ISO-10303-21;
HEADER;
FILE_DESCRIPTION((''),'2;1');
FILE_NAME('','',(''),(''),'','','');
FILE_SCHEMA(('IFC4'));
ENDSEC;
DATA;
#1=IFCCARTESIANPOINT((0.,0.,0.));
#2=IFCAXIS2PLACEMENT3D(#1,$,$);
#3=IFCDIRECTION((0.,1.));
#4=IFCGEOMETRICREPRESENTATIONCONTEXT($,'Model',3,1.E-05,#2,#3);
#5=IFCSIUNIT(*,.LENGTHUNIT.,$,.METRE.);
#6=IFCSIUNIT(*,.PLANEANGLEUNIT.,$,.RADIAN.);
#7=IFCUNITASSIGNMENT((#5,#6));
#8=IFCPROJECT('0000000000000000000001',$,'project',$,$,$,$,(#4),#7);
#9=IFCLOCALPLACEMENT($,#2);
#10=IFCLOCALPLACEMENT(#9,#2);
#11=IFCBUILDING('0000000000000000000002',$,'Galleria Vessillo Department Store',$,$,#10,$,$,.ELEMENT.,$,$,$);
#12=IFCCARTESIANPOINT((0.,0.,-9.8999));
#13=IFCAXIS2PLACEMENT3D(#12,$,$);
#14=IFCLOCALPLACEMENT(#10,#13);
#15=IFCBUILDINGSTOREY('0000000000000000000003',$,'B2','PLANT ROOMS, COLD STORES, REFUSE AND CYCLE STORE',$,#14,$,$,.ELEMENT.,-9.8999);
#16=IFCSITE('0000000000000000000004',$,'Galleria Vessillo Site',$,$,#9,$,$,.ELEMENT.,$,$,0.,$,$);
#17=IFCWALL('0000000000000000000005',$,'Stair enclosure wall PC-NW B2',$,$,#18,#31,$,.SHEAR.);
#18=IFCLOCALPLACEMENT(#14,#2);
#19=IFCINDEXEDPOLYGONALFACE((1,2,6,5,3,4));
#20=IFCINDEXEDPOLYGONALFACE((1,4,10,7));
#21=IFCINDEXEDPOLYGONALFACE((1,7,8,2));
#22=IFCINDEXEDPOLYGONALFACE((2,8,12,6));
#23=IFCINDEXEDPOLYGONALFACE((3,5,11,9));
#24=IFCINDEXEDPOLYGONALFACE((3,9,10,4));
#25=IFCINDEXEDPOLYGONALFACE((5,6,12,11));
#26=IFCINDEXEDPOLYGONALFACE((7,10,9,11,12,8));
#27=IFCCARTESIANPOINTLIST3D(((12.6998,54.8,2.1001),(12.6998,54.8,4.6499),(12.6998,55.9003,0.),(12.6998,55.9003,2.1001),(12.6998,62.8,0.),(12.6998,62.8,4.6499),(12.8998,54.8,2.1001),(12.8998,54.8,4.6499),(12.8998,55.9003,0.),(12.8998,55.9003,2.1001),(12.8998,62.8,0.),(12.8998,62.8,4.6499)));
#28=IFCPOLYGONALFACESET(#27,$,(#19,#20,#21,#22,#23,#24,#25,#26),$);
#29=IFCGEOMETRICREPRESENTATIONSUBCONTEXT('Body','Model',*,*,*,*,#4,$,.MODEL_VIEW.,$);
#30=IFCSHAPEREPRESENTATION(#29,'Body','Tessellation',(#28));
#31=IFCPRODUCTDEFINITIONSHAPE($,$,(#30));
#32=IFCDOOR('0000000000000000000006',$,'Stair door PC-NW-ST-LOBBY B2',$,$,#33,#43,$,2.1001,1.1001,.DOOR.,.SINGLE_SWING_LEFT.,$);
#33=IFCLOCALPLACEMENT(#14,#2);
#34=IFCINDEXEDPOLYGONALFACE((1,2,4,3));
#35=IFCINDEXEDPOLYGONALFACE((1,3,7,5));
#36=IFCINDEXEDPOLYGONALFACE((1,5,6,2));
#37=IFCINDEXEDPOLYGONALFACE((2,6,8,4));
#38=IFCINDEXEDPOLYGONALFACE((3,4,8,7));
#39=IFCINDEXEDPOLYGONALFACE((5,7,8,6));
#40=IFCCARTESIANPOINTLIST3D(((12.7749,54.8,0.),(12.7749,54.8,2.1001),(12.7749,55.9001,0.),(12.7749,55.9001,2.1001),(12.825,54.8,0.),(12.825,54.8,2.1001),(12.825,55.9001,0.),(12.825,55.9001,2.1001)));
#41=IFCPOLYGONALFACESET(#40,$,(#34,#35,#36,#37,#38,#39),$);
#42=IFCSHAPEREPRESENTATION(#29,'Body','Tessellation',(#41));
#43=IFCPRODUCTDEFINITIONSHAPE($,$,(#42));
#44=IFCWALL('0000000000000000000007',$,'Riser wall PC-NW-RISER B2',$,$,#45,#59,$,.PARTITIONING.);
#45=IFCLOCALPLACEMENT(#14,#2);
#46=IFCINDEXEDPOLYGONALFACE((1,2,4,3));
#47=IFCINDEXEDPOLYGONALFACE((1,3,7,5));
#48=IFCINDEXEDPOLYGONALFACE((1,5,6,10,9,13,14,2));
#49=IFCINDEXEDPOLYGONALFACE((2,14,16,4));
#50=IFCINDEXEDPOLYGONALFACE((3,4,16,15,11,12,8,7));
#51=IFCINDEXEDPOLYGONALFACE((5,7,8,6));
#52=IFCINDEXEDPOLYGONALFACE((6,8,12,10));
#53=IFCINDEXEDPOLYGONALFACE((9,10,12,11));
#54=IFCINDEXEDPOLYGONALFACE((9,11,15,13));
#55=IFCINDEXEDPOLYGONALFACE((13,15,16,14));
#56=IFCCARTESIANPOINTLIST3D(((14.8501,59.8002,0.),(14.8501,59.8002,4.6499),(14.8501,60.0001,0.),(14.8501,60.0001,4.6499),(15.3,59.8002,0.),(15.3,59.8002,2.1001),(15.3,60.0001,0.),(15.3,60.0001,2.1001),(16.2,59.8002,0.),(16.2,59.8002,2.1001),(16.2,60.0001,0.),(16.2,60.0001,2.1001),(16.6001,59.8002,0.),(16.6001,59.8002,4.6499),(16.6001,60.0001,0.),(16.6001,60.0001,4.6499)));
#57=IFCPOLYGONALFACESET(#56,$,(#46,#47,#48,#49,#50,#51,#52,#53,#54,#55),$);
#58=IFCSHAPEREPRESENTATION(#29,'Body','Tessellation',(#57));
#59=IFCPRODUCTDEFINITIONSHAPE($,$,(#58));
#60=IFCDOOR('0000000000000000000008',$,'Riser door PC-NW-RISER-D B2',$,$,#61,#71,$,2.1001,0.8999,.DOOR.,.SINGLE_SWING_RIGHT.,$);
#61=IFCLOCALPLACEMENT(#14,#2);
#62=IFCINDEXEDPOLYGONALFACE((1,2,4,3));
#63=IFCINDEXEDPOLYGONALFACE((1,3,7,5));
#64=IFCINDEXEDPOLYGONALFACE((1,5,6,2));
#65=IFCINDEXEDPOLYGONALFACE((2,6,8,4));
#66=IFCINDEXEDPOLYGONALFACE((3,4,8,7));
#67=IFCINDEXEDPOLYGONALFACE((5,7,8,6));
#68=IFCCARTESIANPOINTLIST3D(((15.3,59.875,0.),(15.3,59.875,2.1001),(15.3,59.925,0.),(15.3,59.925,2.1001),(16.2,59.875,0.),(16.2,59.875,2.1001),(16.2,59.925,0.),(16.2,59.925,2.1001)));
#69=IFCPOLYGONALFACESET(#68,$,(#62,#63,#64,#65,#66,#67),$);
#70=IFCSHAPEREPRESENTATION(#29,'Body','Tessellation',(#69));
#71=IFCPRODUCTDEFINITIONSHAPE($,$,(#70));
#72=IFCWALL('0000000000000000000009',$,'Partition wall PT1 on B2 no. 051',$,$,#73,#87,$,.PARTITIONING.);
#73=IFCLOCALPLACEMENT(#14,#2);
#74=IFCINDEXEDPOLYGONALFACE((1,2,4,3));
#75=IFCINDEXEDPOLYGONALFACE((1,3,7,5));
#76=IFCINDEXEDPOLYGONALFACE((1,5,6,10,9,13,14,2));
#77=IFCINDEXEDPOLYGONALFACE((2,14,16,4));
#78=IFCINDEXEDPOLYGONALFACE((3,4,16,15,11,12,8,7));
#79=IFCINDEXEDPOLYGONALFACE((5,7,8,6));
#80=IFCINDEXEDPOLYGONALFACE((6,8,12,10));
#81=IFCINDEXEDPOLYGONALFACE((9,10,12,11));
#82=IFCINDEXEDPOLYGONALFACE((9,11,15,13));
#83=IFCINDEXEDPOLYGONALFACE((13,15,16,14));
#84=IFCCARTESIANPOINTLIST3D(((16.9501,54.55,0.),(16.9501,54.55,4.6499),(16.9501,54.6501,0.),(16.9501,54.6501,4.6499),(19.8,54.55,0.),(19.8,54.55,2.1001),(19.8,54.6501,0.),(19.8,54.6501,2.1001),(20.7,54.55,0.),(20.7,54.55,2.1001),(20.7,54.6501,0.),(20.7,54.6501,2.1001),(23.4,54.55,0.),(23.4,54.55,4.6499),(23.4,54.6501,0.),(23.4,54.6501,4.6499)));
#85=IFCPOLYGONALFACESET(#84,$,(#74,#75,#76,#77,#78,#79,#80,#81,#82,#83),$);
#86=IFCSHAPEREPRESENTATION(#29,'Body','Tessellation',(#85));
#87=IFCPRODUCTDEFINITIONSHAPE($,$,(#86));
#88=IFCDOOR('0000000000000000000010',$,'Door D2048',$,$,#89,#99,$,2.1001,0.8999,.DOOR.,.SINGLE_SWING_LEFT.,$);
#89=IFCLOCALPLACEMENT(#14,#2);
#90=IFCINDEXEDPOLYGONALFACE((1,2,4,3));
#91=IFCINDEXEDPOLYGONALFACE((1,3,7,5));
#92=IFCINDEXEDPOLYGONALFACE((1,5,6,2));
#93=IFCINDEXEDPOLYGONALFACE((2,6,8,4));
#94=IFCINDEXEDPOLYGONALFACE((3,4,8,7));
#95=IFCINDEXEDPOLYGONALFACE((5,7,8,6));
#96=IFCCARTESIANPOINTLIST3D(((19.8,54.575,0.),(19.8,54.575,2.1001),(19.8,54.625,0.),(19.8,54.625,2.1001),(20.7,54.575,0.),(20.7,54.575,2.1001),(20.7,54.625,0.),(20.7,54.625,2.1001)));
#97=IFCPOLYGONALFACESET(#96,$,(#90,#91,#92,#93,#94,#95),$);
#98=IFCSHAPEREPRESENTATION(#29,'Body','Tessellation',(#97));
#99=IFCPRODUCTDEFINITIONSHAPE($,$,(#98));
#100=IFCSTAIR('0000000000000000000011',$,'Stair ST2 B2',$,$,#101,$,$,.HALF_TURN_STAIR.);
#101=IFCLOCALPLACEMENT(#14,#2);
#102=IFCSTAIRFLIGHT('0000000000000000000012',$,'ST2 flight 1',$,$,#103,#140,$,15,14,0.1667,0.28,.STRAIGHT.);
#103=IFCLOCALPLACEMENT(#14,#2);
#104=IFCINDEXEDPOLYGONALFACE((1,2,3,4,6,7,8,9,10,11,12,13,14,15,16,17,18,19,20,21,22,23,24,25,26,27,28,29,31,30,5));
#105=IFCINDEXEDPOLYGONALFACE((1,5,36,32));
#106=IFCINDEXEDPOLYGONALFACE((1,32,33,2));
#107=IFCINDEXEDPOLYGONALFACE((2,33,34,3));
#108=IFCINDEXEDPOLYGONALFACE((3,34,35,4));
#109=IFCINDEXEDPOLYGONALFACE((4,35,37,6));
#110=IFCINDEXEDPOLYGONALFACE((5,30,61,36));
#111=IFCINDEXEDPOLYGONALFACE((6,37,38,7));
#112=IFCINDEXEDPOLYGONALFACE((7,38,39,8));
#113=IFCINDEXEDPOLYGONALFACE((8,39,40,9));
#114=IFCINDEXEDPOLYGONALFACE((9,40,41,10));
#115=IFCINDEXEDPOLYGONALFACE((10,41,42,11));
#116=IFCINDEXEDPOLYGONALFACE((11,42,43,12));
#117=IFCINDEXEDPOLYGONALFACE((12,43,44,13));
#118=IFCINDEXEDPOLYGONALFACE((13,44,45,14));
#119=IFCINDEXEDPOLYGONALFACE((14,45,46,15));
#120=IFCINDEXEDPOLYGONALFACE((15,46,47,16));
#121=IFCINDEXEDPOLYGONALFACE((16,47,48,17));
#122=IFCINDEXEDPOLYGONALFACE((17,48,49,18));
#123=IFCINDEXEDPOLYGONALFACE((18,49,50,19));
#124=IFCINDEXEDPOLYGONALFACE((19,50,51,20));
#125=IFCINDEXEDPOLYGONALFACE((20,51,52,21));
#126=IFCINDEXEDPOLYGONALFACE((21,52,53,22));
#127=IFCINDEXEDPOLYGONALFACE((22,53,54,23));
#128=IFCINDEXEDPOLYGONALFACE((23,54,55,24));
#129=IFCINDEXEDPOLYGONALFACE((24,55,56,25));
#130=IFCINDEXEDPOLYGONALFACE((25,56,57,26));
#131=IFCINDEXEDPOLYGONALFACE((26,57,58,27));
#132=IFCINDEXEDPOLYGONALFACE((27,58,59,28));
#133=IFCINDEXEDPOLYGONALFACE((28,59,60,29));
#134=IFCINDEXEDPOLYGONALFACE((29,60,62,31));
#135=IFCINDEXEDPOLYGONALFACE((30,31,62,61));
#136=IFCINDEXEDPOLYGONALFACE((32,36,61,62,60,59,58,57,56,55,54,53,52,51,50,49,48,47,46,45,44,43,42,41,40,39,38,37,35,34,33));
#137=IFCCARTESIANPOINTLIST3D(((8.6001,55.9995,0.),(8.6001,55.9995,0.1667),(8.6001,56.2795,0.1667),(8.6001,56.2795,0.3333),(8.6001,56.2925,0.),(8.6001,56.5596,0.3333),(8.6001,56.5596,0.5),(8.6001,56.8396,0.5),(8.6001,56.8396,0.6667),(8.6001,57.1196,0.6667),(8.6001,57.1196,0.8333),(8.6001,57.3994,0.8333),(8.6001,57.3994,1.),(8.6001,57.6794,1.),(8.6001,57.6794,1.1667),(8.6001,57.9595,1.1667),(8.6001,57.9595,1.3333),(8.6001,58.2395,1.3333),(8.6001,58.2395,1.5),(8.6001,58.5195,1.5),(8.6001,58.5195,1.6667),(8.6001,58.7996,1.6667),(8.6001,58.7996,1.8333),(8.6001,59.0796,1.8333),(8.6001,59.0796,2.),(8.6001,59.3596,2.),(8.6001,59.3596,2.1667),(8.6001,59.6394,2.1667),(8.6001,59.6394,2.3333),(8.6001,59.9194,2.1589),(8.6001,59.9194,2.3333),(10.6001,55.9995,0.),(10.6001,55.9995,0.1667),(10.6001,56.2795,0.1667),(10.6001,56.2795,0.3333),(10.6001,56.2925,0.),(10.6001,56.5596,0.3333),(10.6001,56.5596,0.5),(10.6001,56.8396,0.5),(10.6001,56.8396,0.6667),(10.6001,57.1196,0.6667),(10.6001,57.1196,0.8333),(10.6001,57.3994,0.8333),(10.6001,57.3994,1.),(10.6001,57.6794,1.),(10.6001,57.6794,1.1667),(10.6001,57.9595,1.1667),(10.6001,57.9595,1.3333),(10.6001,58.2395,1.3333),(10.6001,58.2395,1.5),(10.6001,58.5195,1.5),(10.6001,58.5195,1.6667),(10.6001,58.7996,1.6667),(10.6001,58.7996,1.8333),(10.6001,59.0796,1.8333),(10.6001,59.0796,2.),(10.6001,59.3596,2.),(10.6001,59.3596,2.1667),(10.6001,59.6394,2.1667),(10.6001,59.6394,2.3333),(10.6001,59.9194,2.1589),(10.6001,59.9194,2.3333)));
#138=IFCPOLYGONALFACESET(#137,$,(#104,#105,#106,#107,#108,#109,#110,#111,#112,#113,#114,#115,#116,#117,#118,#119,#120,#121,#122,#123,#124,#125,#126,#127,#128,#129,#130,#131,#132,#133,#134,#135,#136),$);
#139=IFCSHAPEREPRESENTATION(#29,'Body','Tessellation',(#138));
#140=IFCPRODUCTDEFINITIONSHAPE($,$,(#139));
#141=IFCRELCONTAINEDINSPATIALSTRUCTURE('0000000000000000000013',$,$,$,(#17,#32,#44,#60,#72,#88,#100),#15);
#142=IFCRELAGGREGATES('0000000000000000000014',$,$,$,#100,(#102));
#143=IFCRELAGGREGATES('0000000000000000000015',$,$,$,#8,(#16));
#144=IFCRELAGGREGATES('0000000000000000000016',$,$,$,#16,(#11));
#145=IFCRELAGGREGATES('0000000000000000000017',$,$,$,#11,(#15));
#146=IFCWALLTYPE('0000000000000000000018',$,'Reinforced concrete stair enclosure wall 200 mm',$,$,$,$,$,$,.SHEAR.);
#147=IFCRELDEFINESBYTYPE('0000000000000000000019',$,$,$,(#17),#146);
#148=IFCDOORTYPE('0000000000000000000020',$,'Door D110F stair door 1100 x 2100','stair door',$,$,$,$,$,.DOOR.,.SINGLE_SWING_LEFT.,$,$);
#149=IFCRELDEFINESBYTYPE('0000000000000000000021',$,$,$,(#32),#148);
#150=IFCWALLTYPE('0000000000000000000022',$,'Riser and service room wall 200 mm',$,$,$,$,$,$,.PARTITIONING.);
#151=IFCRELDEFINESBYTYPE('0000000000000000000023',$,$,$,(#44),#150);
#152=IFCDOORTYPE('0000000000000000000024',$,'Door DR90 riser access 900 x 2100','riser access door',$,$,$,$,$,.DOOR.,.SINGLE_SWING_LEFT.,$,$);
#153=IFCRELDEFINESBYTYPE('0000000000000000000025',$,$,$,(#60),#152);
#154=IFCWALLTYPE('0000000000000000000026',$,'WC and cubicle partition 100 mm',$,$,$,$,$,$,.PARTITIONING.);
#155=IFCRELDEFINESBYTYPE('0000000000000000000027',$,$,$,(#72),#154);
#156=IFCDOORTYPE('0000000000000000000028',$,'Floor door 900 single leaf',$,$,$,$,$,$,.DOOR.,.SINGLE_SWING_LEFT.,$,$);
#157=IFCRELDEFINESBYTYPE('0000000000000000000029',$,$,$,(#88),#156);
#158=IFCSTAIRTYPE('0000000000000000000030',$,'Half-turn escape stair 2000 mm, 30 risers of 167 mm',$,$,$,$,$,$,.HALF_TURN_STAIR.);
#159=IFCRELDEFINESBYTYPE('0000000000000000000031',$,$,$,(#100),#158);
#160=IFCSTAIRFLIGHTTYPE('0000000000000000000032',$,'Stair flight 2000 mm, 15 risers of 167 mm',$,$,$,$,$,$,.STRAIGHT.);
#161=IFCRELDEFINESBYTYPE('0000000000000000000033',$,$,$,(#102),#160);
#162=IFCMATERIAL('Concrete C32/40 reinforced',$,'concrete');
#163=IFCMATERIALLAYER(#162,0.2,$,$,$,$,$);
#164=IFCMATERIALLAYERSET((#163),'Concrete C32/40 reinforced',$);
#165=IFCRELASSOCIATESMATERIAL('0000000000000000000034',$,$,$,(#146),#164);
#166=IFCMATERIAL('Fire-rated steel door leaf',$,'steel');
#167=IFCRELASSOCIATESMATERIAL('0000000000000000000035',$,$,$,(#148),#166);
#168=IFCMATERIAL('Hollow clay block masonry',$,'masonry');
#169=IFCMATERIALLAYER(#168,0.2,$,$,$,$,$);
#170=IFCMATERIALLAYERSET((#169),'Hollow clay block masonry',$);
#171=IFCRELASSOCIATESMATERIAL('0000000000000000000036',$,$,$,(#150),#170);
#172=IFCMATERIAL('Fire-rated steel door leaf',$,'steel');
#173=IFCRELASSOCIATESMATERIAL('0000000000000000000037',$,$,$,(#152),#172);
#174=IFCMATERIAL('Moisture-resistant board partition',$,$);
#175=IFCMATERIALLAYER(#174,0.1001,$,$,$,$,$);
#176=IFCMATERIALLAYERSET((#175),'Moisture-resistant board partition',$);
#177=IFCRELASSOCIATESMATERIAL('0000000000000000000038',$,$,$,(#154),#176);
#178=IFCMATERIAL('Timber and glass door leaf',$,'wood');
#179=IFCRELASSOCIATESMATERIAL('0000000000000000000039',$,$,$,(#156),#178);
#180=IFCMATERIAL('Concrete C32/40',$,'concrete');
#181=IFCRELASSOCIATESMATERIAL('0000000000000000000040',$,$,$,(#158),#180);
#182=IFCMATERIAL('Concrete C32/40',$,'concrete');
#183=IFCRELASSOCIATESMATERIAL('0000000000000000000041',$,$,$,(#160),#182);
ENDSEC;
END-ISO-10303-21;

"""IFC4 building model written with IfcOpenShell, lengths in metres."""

from ifc_helpers import new_model, si_unit, direction, frame, frame_2d, origin, place, context, subcontext, project, spatial, polyline, rectangle, outline, extrude, material, layer, layer_set, type_object, element, fill, aggregate, save


model = new_model("IFC4")

# Units and contexts
model_context = context("Model", 3, precision=1e-05, world=origin(), true_north=direction((0.0, 1.0)))
body_context = subcontext(model_context, "Body", "Model", "MODEL_VIEW")
ifc_project = project(units=[si_unit("LENGTHUNIT", "METRE"), si_unit("PLANEANGLEUNIT", "RADIAN")], contexts=[model_context])

# Site, building, storey
site_placement = place(None, origin())
site = spatial("IfcSite", under=ifc_project, at=site_placement, Name="Galleria Vessillo Site", CompositionType="ELEMENT", RefElevation=0.0)
building_placement = place(site_placement, origin())
building = spatial("IfcBuilding", under=site, at=building_placement, Name="Galleria Vessillo Department Store", CompositionType="ELEMENT")
storey_placement = place(building_placement, frame((0.0, 0.0, -9.8999)))
storey = spatial("IfcBuildingStorey", under=building, at=storey_placement, Name="B2", Description="PLANT ROOMS, COLD STORES, REFUSE AND CYCLE STORE", CompositionType="ELEMENT", Elevation=-9.8999)

# Walls, openings, doors
ifc_material_1 = material(Name="Concrete C32/40 reinforced", Category="concrete")
ifc_layer_1 = layer(ifc_material_1, 0.2)
ifc_layer_set_1 = layer_set([ifc_layer_1], Name="Concrete C32/40 reinforced")
wall_type_1 = type_object("IfcWallType", Name="Reinforced concrete stair enclosure wall 200 mm", PredefinedType="SHEAR", material=ifc_layer_set_1)
wall_1_placement = place(storey_placement, frame((12.7998, 62.8, 0.0), z_axis=(0.0, 0.0, 1.0), x_axis=(0.0, -1.0, 0.0)))
wall_1 = element("IfcWall", 1, at=wall_1_placement, inside=storey, type_object=wall_type_1, Name="Stair enclosure wall PC-NW B2", PredefinedType="SHEAR", context=body_context, shape_type="SweptSolid", body=[
    extrude(rectangle(XDim=8.0, YDim=0.2, at=frame_2d((4.0, 0.0))), origin(), (0.0, 0.0, 1.0), 4.6499),
])
opening_1_placement = place(wall_1_placement, frame((6.8999, 0.0, 0.0)))
opening_1 = element("IfcOpeningElement", 2, at=opening_1_placement, cuts=wall_1, PredefinedType="OPENING", context=body_context, shape_type="SweptSolid", body=[
    extrude(rectangle(XDim=1.1101, YDim=2.1001, at=frame_2d((0.5549, 1.05))), frame((0.0, 0.1099, 0.0), z_axis=(0.0, -1.0, 0.0), x_axis=(1.0, 0.0, 0.0)), (0.0, 0.0, 1.0), 0.22),
])
ifc_material_2 = material(Name="Fire-rated steel door leaf", Category="steel")
door_type_1 = type_object("IfcDoorType", Name="Door D110F stair door 1100 x 2100", Description="stair door", OperationType="SINGLE_SWING_LEFT", PredefinedType="DOOR", material=ifc_material_2)
door_1_placement = place(opening_1_placement, frame((1.1001, 0.0, 0.0), z_axis=(0.0, 0.0, 1.0), x_axis=(-1.0, 0.0, 0.0)))
door_1 = element("IfcDoor", 3, at=door_1_placement, inside=storey, type_object=door_type_1, Name="Stair door PC-NW-ST-LOBBY B2", OperationType="SINGLE_SWING_LEFT", OverallHeight=2.1001, OverallWidth=1.1001, PredefinedType="DOOR", context=body_context, shape_type="SweptSolid", body=[
    extrude(rectangle(XDim=1.1001, YDim=2.1001, at=frame_2d((0.55, 1.05))), frame((0.0, 0.0249, 0.0), z_axis=(0.0, -1.0, 0.0), x_axis=(1.0, 0.0, 0.0)), (0.0, 0.0, 1.0), 0.05),
])
fill(opening_1, door_1)
ifc_material_3 = material(Name="Hollow clay block masonry", Category="masonry")
ifc_layer_2 = layer(ifc_material_3, 0.2)
ifc_layer_set_2 = layer_set([ifc_layer_2], Name="Hollow clay block masonry")
wall_type_2 = type_object("IfcWallType", Name="Riser and service room wall 200 mm", PredefinedType="PARTITIONING", material=ifc_layer_set_2)
wall_2_placement = place(storey_placement, frame((14.8501, 59.9001, 0.0), z_axis=(0.0, 0.0, 1.0), x_axis=(1.0, 0.0, 0.0)))
wall_2 = element("IfcWall", 4, at=wall_2_placement, inside=storey, type_object=wall_type_2, Name="Riser wall PC-NW-RISER B2", PredefinedType="PARTITIONING", context=body_context, shape_type="SweptSolid", body=[
    extrude(rectangle(XDim=1.75, YDim=0.2, at=frame_2d((0.875, 0.0))), origin(), (0.0, 0.0, 1.0), 4.6499),
])
opening_2_placement = place(wall_2_placement, frame((0.45, 0.0, 0.0)))
opening_2 = element("IfcOpeningElement", 5, at=opening_2_placement, cuts=wall_2, PredefinedType="OPENING", context=body_context, shape_type="SweptSolid", body=[
    extrude(rectangle(XDim=0.8999, YDim=2.1001, at=frame_2d((0.45, 1.05))), frame((0.0, 0.1099, 0.0), z_axis=(0.0, -1.0, 0.0), x_axis=(1.0, 0.0, 0.0)), (0.0, 0.0, 1.0), 0.22),
])
ifc_material_4 = material(Name="Fire-rated steel door leaf", Category="steel")
door_type_2 = type_object("IfcDoorType", Name="Door DR90 riser access 900 x 2100", Description="riser access door", OperationType="SINGLE_SWING_LEFT", PredefinedType="DOOR", material=ifc_material_4)
door_2_placement = place(opening_2_placement, origin())
door_2 = element("IfcDoor", 6, at=door_2_placement, inside=storey, type_object=door_type_2, Name="Riser door PC-NW-RISER-D B2", OperationType="SINGLE_SWING_RIGHT", OverallHeight=2.1001, OverallWidth=0.8999, PredefinedType="DOOR", context=body_context, shape_type="SweptSolid", body=[
    extrude(rectangle(XDim=0.8999, YDim=2.1001, at=frame_2d((0.45, 1.05))), frame((0.0, 0.0249, 0.0), z_axis=(0.0, -1.0, 0.0), x_axis=(1.0, 0.0, 0.0)), (0.0, 0.0, 1.0), 0.05),
])
fill(opening_2, door_2)
ifc_material_5 = material(Name="Moisture-resistant board partition")
ifc_layer_3 = layer(ifc_material_5, 0.1001)
ifc_layer_set_3 = layer_set([ifc_layer_3], Name="Moisture-resistant board partition")
wall_type_3 = type_object("IfcWallType", Name="WC and cubicle partition 100 mm", PredefinedType="PARTITIONING", material=ifc_layer_set_3)
wall_3_placement = place(storey_placement, frame((16.95, 54.6001, 0.0), z_axis=(0.0, 0.0, 1.0), x_axis=(1.0, 0.0, 0.0)))
wall_3 = element("IfcWall", 7, at=wall_3_placement, inside=storey, type_object=wall_type_3, Name="Partition wall PT1 on B2 no. 051", PredefinedType="PARTITIONING", context=body_context, shape_type="SweptSolid", body=[
    extrude(rectangle(XDim=6.45, YDim=0.1001, at=frame_2d((3.2251, 0.0))), origin(), (0.0, 0.0, 1.0), 4.6499),
])
opening_3_placement = place(wall_3_placement, frame((2.8501, 0.0, 0.0)))
opening_3 = element("IfcOpeningElement", 8, at=opening_3_placement, cuts=wall_3, PredefinedType="OPENING", context=body_context, shape_type="SweptSolid", body=[
    extrude(rectangle(XDim=0.8999, YDim=2.1001, at=frame_2d((0.45, 1.05))), frame((0.0, 0.0601, 0.0), z_axis=(0.0, -1.0, 0.0), x_axis=(1.0, 0.0, 0.0)), (0.0, 0.0, 1.0), 0.1201),
])
ifc_material_6 = material(Name="Timber and glass door leaf", Category="wood")
door_type_3 = type_object("IfcDoorType", Name="Floor door 900 single leaf", OperationType="SINGLE_SWING_LEFT", PredefinedType="DOOR", material=ifc_material_6)
door_3_placement = place(opening_3_placement, origin())
door_3 = element("IfcDoor", 9, at=door_3_placement, inside=storey, type_object=door_type_3, Name="Door D2048", OperationType="SINGLE_SWING_LEFT", OverallHeight=2.1001, OverallWidth=0.8999, PredefinedType="DOOR", context=body_context, shape_type="SweptSolid", body=[
    extrude(rectangle(XDim=0.8999, YDim=2.1001, at=frame_2d((0.45, 1.05))), frame((0.0, 0.0249, 0.0), z_axis=(0.0, -1.0, 0.0), x_axis=(1.0, 0.0, 0.0)), (0.0, 0.0, 1.0), 0.05),
])
fill(opening_3, door_3)

# Stair, stair flight
ifc_material_7 = material(Name="Concrete C32/40", Category="concrete")
stair_type = type_object("IfcStairType", Name="Half-turn escape stair 2000 mm, 30 risers of 167 mm", PredefinedType="HALF_TURN_STAIR", material=ifc_material_7)
stair_placement = place(storey_placement, origin())
stair = element("IfcStair", 10, at=stair_placement, inside=storey, type_object=stair_type, Name="Stair ST2 B2", PredefinedType="HALF_TURN_STAIR")
ifc_material_8 = material(Name="Concrete C32/40", Category="concrete")
stair_flight_type = type_object("IfcStairFlightType", Name="Stair flight 2000 mm, 15 risers of 167 mm", PredefinedType="STRAIGHT", material=ifc_material_8)
stair_flight_1_placement = place(storey_placement, frame((9.6001, 55.9995, 0.0), z_axis=(0.0, 0.0, 1.0), x_axis=(0.0, 1.0, 0.0)))
stair_flight_1 = element("IfcStairFlight", 11, at=stair_flight_1_placement, type_object=stair_flight_type, Name="ST2 flight 1", NumberOfRisers=15, NumberOfTreads=14, PredefinedType="STRAIGHT", RiserHeight=0.1667, TreadLength=0.28, context=body_context, shape_type="SweptSolid", body=[
    extrude(outline(polyline([(0.0, 0.0), (0.0, 0.1667), (0.28, 0.1667), (0.28, 0.3333), (0.5601, 0.3333), (0.5601, 0.5), (0.8401, 0.5), (0.8401, 0.6667), (1.1201, 0.6667), (1.1201, 0.8333), (1.3999, 0.8333), (1.3999, 1.0), (1.6799, 1.0), (1.6799, 1.1667), (1.96, 1.1667), (1.96, 1.3333), (2.24, 1.3333), (2.24, 1.5), (2.52, 1.5), (2.52, 1.6667), (2.8, 1.6667), (2.8, 1.8333), (3.0801, 1.8333), (3.0801, 2.0), (3.3601, 2.0), (3.3601, 2.1667), (3.6399, 2.1667), (3.6399, 2.3333), (3.9199, 2.3333), (3.9199, 2.5), (3.9199, 2.1589), (0.293, 0.0), (0.0, 0.0)])), frame((0.0, 1.0, 0.0), z_axis=(0.0, -1.0, 0.0), x_axis=(1.0, 0.0, 0.0)), (0.0, 0.0, 1.0), 2.0),
])
aggregate(stair, [stair_flight_1])

save(model, "model.ifc")
